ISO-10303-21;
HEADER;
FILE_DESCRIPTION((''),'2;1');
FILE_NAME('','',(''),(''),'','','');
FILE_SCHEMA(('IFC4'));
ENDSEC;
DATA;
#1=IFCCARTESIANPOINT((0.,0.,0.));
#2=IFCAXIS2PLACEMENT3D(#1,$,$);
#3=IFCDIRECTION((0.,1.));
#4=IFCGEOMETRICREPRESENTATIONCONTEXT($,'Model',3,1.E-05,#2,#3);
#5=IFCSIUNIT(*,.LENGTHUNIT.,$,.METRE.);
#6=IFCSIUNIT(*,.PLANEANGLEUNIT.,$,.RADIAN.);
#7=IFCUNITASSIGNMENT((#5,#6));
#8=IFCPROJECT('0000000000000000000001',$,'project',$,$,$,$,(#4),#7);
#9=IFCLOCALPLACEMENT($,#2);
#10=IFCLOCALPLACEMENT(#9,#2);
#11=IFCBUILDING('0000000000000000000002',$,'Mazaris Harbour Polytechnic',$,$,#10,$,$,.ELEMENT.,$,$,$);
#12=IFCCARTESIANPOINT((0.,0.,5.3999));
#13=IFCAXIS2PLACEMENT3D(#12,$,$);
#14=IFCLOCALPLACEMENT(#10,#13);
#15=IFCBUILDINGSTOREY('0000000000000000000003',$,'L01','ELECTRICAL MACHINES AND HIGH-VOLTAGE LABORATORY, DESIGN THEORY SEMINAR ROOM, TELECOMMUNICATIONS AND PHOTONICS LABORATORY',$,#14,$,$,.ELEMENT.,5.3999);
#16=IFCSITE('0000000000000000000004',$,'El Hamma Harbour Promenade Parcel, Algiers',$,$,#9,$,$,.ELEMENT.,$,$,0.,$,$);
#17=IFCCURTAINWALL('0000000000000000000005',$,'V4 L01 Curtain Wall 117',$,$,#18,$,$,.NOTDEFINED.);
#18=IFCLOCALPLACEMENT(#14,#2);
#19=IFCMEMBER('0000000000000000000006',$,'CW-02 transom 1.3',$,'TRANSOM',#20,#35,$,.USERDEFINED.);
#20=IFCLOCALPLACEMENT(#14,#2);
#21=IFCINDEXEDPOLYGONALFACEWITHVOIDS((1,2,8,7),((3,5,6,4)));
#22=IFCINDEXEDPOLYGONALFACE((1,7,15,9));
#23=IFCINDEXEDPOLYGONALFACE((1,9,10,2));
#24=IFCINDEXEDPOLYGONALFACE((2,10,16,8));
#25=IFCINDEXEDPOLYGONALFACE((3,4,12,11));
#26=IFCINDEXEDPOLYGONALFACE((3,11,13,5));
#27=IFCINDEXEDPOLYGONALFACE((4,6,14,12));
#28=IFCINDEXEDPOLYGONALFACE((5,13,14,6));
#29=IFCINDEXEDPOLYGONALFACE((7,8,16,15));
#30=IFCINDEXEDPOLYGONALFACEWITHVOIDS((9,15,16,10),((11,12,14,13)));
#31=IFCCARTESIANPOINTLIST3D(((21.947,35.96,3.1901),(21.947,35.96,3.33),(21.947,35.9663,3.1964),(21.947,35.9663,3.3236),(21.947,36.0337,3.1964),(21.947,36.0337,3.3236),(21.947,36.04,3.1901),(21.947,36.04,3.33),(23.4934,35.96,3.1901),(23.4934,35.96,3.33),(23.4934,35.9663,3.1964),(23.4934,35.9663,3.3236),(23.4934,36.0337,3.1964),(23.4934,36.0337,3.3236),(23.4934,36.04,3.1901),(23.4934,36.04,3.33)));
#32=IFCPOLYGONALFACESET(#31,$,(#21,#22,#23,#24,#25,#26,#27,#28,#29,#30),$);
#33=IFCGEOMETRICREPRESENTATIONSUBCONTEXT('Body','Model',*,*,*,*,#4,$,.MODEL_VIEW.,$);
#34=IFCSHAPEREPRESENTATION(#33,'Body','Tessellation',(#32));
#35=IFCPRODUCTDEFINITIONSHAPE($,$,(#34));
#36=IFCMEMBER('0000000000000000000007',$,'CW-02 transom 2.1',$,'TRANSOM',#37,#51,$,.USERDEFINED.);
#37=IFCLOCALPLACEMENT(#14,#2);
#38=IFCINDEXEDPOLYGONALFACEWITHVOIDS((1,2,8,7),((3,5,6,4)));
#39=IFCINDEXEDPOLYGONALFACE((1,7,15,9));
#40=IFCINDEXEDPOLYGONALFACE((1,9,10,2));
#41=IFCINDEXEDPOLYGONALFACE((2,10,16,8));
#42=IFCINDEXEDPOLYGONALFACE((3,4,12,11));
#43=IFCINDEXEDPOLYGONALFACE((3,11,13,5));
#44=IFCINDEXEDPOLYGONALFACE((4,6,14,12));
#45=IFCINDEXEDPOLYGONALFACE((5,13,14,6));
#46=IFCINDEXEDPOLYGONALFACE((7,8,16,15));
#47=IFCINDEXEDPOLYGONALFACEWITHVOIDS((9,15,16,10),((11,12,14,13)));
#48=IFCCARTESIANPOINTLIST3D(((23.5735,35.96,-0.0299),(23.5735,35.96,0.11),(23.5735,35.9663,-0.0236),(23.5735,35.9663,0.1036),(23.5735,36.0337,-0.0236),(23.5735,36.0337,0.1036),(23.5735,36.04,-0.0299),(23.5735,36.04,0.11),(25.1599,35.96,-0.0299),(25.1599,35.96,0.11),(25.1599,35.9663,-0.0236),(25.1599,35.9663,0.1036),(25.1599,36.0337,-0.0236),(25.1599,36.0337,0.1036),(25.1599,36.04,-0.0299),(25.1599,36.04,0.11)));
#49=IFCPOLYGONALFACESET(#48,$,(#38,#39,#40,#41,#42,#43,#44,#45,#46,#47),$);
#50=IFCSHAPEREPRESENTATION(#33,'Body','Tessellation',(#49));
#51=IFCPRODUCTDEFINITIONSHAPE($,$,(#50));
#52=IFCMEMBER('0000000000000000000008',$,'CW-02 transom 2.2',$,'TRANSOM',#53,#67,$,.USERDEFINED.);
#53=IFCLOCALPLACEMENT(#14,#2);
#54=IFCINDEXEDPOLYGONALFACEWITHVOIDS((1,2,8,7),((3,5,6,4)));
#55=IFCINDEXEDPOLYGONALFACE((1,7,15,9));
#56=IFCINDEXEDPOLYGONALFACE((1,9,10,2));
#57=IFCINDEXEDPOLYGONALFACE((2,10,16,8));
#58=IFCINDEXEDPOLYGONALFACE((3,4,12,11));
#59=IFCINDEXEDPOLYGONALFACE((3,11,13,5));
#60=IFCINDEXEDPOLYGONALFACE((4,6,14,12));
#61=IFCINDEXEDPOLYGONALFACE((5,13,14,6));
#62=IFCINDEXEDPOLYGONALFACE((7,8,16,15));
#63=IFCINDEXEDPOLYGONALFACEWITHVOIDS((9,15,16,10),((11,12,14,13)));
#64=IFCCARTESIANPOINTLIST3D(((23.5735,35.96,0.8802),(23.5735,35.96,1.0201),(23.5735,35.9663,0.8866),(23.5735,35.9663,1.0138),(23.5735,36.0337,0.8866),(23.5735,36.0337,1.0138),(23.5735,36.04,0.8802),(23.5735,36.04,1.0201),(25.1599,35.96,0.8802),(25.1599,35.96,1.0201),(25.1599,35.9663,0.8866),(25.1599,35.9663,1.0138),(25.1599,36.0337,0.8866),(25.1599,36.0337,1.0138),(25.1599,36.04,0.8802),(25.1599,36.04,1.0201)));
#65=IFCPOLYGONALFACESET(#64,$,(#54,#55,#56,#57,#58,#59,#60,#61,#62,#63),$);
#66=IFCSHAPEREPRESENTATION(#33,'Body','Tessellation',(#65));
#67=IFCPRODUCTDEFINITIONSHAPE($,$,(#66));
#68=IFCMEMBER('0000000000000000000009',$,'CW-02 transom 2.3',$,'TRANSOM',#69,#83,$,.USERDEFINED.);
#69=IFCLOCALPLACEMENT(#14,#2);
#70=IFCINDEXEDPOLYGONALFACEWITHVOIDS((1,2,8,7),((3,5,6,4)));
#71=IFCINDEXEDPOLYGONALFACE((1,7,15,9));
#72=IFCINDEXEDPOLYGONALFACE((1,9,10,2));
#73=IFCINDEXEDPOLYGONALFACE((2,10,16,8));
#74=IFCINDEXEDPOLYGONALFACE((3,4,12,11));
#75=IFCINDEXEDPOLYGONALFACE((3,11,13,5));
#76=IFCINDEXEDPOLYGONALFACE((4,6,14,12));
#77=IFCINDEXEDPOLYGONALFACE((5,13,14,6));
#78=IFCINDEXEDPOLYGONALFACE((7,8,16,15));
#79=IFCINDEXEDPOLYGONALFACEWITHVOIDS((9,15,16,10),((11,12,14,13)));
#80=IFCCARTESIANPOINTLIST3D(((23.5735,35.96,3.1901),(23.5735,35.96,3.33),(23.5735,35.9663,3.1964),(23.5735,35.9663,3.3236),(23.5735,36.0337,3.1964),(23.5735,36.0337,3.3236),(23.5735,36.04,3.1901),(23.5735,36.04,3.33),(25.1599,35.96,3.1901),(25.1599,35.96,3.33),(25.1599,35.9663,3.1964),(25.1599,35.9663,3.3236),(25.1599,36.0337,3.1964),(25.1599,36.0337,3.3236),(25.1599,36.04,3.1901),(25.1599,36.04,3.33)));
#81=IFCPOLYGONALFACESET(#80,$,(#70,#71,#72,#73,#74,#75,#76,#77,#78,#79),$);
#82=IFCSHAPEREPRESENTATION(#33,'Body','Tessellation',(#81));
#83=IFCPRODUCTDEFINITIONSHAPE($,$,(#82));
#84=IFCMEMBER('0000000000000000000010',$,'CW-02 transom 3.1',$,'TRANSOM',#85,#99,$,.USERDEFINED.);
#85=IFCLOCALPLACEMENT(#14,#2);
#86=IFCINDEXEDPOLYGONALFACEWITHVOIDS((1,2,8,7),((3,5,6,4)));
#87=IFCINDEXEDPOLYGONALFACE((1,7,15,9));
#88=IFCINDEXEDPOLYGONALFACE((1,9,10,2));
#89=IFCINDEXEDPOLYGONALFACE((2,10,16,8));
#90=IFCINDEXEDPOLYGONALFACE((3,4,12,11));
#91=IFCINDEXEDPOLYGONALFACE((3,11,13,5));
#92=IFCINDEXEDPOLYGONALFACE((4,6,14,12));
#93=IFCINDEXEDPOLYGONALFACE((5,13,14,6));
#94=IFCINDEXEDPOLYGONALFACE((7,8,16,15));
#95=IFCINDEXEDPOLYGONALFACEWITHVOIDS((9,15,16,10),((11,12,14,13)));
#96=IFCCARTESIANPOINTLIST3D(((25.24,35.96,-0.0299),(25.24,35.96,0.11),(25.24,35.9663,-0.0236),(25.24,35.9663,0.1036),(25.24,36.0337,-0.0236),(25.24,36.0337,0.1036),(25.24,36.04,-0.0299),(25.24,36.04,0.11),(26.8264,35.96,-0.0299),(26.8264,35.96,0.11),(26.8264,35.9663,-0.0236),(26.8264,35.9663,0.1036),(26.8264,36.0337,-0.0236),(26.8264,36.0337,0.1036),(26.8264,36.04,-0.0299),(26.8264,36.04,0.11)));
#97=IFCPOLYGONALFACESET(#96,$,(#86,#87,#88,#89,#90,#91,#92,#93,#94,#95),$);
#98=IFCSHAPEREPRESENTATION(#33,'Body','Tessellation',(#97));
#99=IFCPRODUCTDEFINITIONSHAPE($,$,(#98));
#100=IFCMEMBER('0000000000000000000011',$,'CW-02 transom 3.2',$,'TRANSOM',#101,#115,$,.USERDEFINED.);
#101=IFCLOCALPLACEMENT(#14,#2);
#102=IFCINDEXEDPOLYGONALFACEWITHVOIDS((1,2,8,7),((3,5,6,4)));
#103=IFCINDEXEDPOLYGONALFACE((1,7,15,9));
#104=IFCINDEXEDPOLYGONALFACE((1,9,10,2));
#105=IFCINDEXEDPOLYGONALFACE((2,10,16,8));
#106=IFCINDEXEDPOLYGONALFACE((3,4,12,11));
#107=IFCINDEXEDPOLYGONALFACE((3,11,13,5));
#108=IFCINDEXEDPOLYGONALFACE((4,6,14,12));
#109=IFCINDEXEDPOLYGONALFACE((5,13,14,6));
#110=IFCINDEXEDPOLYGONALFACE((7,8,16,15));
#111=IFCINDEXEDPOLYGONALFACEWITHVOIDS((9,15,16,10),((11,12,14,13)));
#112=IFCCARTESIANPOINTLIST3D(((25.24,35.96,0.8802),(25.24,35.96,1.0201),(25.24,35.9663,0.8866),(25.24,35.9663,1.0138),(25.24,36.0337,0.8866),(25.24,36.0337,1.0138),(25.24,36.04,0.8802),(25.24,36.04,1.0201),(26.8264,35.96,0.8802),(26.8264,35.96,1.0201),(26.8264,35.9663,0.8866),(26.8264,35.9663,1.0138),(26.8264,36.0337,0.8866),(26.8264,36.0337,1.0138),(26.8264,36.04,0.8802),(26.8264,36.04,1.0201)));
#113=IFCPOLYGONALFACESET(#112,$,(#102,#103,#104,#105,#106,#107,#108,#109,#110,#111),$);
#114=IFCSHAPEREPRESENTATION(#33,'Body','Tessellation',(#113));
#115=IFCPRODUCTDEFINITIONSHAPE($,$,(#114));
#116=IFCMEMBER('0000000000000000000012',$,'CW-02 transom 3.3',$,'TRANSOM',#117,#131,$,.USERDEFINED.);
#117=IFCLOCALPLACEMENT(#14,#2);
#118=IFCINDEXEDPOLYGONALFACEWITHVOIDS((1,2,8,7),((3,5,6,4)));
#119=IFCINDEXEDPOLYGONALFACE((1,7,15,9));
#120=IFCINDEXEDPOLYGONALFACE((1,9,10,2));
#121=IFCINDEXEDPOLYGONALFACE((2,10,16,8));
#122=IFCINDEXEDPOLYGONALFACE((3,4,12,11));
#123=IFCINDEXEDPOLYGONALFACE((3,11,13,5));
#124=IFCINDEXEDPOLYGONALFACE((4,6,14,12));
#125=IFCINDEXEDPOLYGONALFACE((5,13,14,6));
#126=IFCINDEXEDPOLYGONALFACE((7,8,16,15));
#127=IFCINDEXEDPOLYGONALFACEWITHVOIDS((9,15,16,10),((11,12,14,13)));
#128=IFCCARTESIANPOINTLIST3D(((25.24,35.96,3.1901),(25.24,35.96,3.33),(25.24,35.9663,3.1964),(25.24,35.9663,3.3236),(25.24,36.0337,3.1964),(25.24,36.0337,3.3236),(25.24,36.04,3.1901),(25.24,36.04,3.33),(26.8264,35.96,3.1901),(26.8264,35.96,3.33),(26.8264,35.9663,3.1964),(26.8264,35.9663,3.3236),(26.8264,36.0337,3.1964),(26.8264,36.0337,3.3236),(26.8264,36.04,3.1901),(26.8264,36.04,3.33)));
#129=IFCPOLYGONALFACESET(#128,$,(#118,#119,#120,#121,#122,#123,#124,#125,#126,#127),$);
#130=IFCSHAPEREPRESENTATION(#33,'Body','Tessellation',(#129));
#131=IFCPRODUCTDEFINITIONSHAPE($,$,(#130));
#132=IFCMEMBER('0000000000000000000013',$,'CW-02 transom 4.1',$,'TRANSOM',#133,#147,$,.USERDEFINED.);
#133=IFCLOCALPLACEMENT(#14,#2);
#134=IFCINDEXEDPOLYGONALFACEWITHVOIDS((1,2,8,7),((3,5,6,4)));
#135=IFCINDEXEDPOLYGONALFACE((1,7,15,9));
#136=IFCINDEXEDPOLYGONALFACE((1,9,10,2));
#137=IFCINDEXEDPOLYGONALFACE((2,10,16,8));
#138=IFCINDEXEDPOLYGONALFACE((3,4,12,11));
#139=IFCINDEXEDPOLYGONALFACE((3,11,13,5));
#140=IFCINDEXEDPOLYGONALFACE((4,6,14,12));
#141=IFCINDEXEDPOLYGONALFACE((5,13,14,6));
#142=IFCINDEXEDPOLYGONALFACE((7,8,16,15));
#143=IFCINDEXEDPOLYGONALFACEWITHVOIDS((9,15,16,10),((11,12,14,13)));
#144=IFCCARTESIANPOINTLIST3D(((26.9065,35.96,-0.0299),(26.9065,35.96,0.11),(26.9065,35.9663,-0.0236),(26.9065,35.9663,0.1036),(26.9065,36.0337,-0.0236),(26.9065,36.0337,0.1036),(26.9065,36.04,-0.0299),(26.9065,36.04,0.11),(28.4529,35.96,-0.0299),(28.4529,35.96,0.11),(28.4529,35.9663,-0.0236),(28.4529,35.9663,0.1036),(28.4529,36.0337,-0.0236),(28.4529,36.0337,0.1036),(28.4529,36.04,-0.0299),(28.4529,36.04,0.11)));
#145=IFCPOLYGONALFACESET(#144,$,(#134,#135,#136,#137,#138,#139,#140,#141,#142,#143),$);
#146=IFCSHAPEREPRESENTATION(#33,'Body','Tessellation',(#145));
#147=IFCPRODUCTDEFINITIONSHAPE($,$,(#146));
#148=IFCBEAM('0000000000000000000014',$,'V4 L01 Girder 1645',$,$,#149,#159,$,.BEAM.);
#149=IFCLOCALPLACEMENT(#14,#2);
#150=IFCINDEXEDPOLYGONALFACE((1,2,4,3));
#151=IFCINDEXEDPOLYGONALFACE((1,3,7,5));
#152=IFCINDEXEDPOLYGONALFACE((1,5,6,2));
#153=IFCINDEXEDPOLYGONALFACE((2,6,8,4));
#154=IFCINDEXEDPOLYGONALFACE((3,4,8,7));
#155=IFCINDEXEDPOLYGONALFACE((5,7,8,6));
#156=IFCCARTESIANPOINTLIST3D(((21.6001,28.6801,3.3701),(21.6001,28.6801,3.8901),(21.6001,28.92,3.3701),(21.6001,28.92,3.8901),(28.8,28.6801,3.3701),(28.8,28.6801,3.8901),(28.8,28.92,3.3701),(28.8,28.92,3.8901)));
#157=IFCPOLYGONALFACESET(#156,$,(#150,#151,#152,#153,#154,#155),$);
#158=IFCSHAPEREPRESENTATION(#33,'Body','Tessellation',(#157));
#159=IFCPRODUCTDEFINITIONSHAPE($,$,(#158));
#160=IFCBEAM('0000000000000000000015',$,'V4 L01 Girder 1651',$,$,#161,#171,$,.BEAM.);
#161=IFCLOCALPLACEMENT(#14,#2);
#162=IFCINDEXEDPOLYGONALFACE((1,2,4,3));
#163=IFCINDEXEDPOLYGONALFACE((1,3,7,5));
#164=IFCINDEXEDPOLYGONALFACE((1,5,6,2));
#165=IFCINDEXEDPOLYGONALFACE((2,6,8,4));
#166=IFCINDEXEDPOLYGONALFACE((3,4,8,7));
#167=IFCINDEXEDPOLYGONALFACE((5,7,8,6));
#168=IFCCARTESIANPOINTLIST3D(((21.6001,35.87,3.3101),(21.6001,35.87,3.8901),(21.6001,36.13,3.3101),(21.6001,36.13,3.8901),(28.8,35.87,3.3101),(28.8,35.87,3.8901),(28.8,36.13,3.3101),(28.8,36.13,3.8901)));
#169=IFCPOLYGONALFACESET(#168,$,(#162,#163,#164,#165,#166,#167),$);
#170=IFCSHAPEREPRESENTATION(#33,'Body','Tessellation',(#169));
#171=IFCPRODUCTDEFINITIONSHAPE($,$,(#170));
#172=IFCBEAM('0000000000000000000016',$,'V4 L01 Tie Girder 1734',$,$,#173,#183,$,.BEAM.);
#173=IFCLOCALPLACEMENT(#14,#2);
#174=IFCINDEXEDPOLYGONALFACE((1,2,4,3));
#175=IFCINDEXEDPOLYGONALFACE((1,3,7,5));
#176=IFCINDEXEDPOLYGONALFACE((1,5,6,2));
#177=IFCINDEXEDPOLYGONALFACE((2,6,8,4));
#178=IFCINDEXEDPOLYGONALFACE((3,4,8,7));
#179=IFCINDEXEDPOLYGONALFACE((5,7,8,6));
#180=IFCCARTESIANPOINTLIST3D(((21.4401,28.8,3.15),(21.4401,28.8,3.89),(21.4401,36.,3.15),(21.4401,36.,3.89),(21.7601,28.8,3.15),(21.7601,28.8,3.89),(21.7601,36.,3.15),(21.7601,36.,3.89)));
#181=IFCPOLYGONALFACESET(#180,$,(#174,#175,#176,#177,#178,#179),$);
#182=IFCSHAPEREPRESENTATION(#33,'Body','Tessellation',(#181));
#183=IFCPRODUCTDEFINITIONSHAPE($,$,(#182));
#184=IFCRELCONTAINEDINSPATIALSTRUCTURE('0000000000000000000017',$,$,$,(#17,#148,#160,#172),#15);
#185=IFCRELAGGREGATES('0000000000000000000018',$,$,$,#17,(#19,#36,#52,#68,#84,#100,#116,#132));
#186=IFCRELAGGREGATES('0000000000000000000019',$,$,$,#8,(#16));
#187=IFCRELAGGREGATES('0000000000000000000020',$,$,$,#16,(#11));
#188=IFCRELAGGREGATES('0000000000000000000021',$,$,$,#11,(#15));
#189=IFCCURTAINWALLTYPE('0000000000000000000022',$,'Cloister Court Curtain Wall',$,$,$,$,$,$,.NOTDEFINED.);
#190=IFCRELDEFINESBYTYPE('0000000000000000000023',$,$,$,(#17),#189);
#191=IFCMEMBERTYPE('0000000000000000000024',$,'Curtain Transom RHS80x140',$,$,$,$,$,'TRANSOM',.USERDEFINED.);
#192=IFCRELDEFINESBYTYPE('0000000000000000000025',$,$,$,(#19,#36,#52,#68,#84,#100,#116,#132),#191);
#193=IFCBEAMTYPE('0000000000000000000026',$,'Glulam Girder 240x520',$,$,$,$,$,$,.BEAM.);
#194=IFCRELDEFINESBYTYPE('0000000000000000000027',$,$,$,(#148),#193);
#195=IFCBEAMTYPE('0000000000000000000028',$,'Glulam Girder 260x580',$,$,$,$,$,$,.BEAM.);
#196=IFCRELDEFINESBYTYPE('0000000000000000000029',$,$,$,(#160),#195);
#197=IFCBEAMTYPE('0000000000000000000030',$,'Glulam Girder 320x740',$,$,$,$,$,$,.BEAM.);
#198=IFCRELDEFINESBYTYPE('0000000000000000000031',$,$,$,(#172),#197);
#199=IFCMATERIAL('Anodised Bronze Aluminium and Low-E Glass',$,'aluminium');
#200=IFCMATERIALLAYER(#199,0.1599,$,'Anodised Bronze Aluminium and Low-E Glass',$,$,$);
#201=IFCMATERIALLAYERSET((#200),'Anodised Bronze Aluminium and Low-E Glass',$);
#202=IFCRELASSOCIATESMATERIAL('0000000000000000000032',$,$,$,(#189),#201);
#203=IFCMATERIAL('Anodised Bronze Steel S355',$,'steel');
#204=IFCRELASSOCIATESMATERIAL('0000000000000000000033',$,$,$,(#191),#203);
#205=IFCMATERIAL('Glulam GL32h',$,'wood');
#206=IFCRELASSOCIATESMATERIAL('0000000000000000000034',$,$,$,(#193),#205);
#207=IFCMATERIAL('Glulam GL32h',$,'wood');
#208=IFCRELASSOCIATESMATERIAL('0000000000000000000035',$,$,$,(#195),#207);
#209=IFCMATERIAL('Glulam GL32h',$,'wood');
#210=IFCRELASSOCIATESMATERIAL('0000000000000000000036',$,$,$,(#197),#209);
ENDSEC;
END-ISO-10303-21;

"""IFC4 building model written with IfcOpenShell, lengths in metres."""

from ifc_helpers import new_model, si_unit, direction, frame, origin, origin_2d, place, context, subcontext, project, spatial, rectangle, hollow_rectangle, extrude, material, layer, layer_set, material_profile, profile_set, type_object, element, aggregate, save


model = new_model("IFC4")

# Units and contexts
model_context = context("Model", 3, precision=1e-05, world=origin(), true_north=direction((0.0, 1.0)))
body_context = subcontext(model_context, "Body", "Model", "MODEL_VIEW")
ifc_project = project(units=[si_unit("LENGTHUNIT", "METRE"), si_unit("PLANEANGLEUNIT", "RADIAN")], contexts=[model_context])

# Site, building, storey
site_placement = place(None, origin())
site = spatial("IfcSite", under=ifc_project, at=site_placement, Name="El Hamma Harbour Promenade Parcel, Algiers", CompositionType="ELEMENT", RefElevation=0.0)
building_placement = place(site_placement, origin())
building = spatial("IfcBuilding", under=site, at=building_placement, Name="Mazaris Harbour Polytechnic", CompositionType="ELEMENT")
storey_placement = place(building_placement, frame((0.0, 0.0, 5.3999)))
storey = spatial("IfcBuildingStorey", under=building, at=storey_placement, Name="L01", Description="ELECTRICAL MACHINES AND HIGH-VOLTAGE LABORATORY, DESIGN THEORY SEMINAR ROOM, TELECOMMUNICATIONS AND PHOTONICS LABORATORY", CompositionType="ELEMENT", Elevation=5.3999)

# Shared definitions
ifc_material_1 = material(Name="Anodised Bronze Aluminium and Low-E Glass", Category="aluminium")
ifc_layer_1 = layer(ifc_material_1, 0.1599, Name="Anodised Bronze Aluminium and Low-E Glass")
ifc_layer_set_1 = layer_set([ifc_layer_1], Name="Anodised Bronze Aluminium and Low-E Glass")
curtain_wall_type = type_object("IfcCurtainWallType", Name="Cloister Court Curtain Wall", PredefinedType="NOTDEFINED", material=ifc_layer_set_1)

# Curtain wall
curtain_wall_1_placement = place(storey_placement, origin())
curtain_wall_1 = element("IfcCurtainWall", 1, at=curtain_wall_1_placement, inside=storey, type_object=curtain_wall_type, Name="V4 L01 Curtain Wall 117", PredefinedType="NOTDEFINED")

# Members
ifc_material_2 = material(Name="Anodised Bronze Steel S355", Category="steel")
ifc_material_profile_1 = material_profile(ifc_material_2, hollow_rectangle(XDim=0.0801, YDim=0.1399, WallThickness=0.0063, at=origin_2d()), Name="RHS 80x140x6.3")
ifc_profile_set_1 = profile_set([ifc_material_profile_1], Name="Anodised Bronze Steel S355")
member_type_1 = type_object("IfcMemberType", Name="Curtain Transom RHS80x140", ElementType="TRANSOM", PredefinedType="USERDEFINED", material=ifc_profile_set_1)
member_1_placement = place(storey_placement, frame((21.947, 36.0, 3.26), z_axis=(1.0, 0.0, 0.0), x_axis=(0.0, 1.0, 0.0)))
member_1 = element("IfcMember", 2, at=member_1_placement, type_object=member_type_1, Name="CW-02 transom 1.3", ObjectType="TRANSOM", PredefinedType="USERDEFINED", context=body_context, shape_type="SweptSolid", body=[
    extrude(hollow_rectangle(XDim=0.0801, YDim=0.1399, WallThickness=0.0063, at=origin_2d()), origin(), (0.0, 0.0, 1.0), 1.5464),
])
member_2_placement = place(storey_placement, frame((23.5735, 36.0, 0.04), z_axis=(1.0, 0.0, 0.0), x_axis=(0.0, 1.0, 0.0)))
member_2 = element("IfcMember", 3, at=member_2_placement, type_object=member_type_1, Name="CW-02 transom 2.1", ObjectType="TRANSOM", PredefinedType="USERDEFINED", context=body_context, shape_type="SweptSolid", body=[
    extrude(hollow_rectangle(XDim=0.0801, YDim=0.1399, WallThickness=0.0063, at=origin_2d()), origin(), (0.0, 0.0, 1.0), 1.5864),
])
member_3_placement = place(storey_placement, frame((23.5735, 36.0, 0.9502), z_axis=(1.0, 0.0, 0.0), x_axis=(0.0, 1.0, 0.0)))
member_3 = element("IfcMember", 4, at=member_3_placement, type_object=member_type_1, Name="CW-02 transom 2.2", ObjectType="TRANSOM", PredefinedType="USERDEFINED", context=body_context, shape_type="SweptSolid", body=[
    extrude(hollow_rectangle(XDim=0.0801, YDim=0.1399, WallThickness=0.0063, at=origin_2d()), origin(), (0.0, 0.0, 1.0), 1.5864),
])
member_4_placement = place(storey_placement, frame((23.5735, 36.0, 3.26), z_axis=(1.0, 0.0, 0.0), x_axis=(0.0, 1.0, 0.0)))
member_4 = element("IfcMember", 5, at=member_4_placement, type_object=member_type_1, Name="CW-02 transom 2.3", ObjectType="TRANSOM", PredefinedType="USERDEFINED", context=body_context, shape_type="SweptSolid", body=[
    extrude(hollow_rectangle(XDim=0.0801, YDim=0.1399, WallThickness=0.0063, at=origin_2d()), origin(), (0.0, 0.0, 1.0), 1.5864),
])
member_5_placement = place(storey_placement, frame((25.24, 36.0, 0.04), z_axis=(1.0, 0.0, 0.0), x_axis=(0.0, 1.0, 0.0)))
member_5 = element("IfcMember", 6, at=member_5_placement, type_object=member_type_1, Name="CW-02 transom 3.1", ObjectType="TRANSOM", PredefinedType="USERDEFINED", context=body_context, shape_type="SweptSolid", body=[
    extrude(hollow_rectangle(XDim=0.0801, YDim=0.1399, WallThickness=0.0063, at=origin_2d()), origin(), (0.0, 0.0, 1.0), 1.5864),
])
member_6_placement = place(storey_placement, frame((25.24, 36.0, 0.9502), z_axis=(1.0, 0.0, 0.0), x_axis=(0.0, 1.0, 0.0)))
member_6 = element("IfcMember", 7, at=member_6_placement, type_object=member_type_1, Name="CW-02 transom 3.2", ObjectType="TRANSOM", PredefinedType="USERDEFINED", context=body_context, shape_type="SweptSolid", body=[
    extrude(hollow_rectangle(XDim=0.0801, YDim=0.1399, WallThickness=0.0063, at=origin_2d()), origin(), (0.0, 0.0, 1.0), 1.5864),
])
member_7_placement = place(storey_placement, frame((25.24, 36.0, 3.26), z_axis=(1.0, 0.0, 0.0), x_axis=(0.0, 1.0, 0.0)))
member_7 = element("IfcMember", 8, at=member_7_placement, type_object=member_type_1, Name="CW-02 transom 3.3", ObjectType="TRANSOM", PredefinedType="USERDEFINED", context=body_context, shape_type="SweptSolid", body=[
    extrude(hollow_rectangle(XDim=0.0801, YDim=0.1399, WallThickness=0.0063, at=origin_2d()), origin(), (0.0, 0.0, 1.0), 1.5864),
])
member_8_placement = place(storey_placement, frame((26.9065, 36.0, 0.04), z_axis=(1.0, 0.0, 0.0), x_axis=(0.0, 1.0, 0.0)))
member_8 = element("IfcMember", 9, at=member_8_placement, type_object=member_type_1, Name="CW-02 transom 4.1", ObjectType="TRANSOM", PredefinedType="USERDEFINED", context=body_context, shape_type="SweptSolid", body=[
    extrude(hollow_rectangle(XDim=0.0801, YDim=0.1399, WallThickness=0.0063, at=origin_2d()), origin(), (0.0, 0.0, 1.0), 1.5464),
])

# Beams
ifc_material_3 = material(Name="Glulam GL32h", Category="wood")
ifc_material_profile_2 = material_profile(ifc_material_3, rectangle(XDim=0.24, YDim=0.52, at=origin_2d()), Name="RECT240x520")
ifc_profile_set_2 = profile_set([ifc_material_profile_2], Name="Glulam GL32h")
beam_type_1 = type_object("IfcBeamType", Name="Glulam Girder 240x520", PredefinedType="BEAM", material=ifc_profile_set_2)
beam_1_placement = place(storey_placement, frame((21.6001, 28.8, 3.6301), z_axis=(1.0, 0.0, 0.0), x_axis=(0.0, 1.0, 0.0)))
element("IfcBeam", 10, at=beam_1_placement, inside=storey, type_object=beam_type_1, Name="V4 L01 Girder 1645", PredefinedType="BEAM", context=body_context, shape_type="SweptSolid", body=[
    extrude(rectangle(XDim=0.24, YDim=0.52, at=origin_2d()), origin(), (0.0, 0.0, 1.0), 7.2),
])
ifc_material_4 = material(Name="Glulam GL32h", Category="wood")
ifc_material_profile_3 = material_profile(ifc_material_4, rectangle(XDim=0.26, YDim=0.5801, at=origin_2d()), Name="RECT260x580")
ifc_profile_set_3 = profile_set([ifc_material_profile_3], Name="Glulam GL32h")
beam_type_2 = type_object("IfcBeamType", Name="Glulam Girder 260x580", PredefinedType="BEAM", material=ifc_profile_set_3)
beam_2_placement = place(storey_placement, frame((21.6001, 36.0, 3.6001), z_axis=(1.0, 0.0, 0.0), x_axis=(0.0, 1.0, 0.0)))
element("IfcBeam", 11, at=beam_2_placement, inside=storey, type_object=beam_type_2, Name="V4 L01 Girder 1651", PredefinedType="BEAM", context=body_context, shape_type="SweptSolid", body=[
    extrude(rectangle(XDim=0.26, YDim=0.5801, at=origin_2d()), origin(), (0.0, 0.0, 1.0), 7.2),
])
ifc_material_5 = material(Name="Glulam GL32h", Category="wood")
ifc_material_profile_4 = material_profile(ifc_material_5, rectangle(XDim=0.3201, YDim=0.74, at=origin_2d()), Name="RECT320x740")
ifc_profile_set_4 = profile_set([ifc_material_profile_4], Name="Glulam GL32h")
beam_type_3 = type_object("IfcBeamType", Name="Glulam Girder 320x740", PredefinedType="BEAM", material=ifc_profile_set_4)
beam_3_placement = place(storey_placement, frame((21.6001, 28.8, 3.52), z_axis=(0.0, 1.0, 0.0), x_axis=(-1.0, 0.0, 0.0)))
element("IfcBeam", 12, at=beam_3_placement, inside=storey, type_object=beam_type_3, Name="V4 L01 Tie Girder 1734", PredefinedType="BEAM", context=body_context, shape_type="SweptSolid", body=[
    extrude(rectangle(XDim=0.3201, YDim=0.74, at=origin_2d()), origin(), (0.0, 0.0, 1.0), 7.2),
])

aggregate(curtain_wall_1, [member_1, member_2, member_3, member_4, member_5, member_6, member_7, member_8])

save(model, "model.ifc")
